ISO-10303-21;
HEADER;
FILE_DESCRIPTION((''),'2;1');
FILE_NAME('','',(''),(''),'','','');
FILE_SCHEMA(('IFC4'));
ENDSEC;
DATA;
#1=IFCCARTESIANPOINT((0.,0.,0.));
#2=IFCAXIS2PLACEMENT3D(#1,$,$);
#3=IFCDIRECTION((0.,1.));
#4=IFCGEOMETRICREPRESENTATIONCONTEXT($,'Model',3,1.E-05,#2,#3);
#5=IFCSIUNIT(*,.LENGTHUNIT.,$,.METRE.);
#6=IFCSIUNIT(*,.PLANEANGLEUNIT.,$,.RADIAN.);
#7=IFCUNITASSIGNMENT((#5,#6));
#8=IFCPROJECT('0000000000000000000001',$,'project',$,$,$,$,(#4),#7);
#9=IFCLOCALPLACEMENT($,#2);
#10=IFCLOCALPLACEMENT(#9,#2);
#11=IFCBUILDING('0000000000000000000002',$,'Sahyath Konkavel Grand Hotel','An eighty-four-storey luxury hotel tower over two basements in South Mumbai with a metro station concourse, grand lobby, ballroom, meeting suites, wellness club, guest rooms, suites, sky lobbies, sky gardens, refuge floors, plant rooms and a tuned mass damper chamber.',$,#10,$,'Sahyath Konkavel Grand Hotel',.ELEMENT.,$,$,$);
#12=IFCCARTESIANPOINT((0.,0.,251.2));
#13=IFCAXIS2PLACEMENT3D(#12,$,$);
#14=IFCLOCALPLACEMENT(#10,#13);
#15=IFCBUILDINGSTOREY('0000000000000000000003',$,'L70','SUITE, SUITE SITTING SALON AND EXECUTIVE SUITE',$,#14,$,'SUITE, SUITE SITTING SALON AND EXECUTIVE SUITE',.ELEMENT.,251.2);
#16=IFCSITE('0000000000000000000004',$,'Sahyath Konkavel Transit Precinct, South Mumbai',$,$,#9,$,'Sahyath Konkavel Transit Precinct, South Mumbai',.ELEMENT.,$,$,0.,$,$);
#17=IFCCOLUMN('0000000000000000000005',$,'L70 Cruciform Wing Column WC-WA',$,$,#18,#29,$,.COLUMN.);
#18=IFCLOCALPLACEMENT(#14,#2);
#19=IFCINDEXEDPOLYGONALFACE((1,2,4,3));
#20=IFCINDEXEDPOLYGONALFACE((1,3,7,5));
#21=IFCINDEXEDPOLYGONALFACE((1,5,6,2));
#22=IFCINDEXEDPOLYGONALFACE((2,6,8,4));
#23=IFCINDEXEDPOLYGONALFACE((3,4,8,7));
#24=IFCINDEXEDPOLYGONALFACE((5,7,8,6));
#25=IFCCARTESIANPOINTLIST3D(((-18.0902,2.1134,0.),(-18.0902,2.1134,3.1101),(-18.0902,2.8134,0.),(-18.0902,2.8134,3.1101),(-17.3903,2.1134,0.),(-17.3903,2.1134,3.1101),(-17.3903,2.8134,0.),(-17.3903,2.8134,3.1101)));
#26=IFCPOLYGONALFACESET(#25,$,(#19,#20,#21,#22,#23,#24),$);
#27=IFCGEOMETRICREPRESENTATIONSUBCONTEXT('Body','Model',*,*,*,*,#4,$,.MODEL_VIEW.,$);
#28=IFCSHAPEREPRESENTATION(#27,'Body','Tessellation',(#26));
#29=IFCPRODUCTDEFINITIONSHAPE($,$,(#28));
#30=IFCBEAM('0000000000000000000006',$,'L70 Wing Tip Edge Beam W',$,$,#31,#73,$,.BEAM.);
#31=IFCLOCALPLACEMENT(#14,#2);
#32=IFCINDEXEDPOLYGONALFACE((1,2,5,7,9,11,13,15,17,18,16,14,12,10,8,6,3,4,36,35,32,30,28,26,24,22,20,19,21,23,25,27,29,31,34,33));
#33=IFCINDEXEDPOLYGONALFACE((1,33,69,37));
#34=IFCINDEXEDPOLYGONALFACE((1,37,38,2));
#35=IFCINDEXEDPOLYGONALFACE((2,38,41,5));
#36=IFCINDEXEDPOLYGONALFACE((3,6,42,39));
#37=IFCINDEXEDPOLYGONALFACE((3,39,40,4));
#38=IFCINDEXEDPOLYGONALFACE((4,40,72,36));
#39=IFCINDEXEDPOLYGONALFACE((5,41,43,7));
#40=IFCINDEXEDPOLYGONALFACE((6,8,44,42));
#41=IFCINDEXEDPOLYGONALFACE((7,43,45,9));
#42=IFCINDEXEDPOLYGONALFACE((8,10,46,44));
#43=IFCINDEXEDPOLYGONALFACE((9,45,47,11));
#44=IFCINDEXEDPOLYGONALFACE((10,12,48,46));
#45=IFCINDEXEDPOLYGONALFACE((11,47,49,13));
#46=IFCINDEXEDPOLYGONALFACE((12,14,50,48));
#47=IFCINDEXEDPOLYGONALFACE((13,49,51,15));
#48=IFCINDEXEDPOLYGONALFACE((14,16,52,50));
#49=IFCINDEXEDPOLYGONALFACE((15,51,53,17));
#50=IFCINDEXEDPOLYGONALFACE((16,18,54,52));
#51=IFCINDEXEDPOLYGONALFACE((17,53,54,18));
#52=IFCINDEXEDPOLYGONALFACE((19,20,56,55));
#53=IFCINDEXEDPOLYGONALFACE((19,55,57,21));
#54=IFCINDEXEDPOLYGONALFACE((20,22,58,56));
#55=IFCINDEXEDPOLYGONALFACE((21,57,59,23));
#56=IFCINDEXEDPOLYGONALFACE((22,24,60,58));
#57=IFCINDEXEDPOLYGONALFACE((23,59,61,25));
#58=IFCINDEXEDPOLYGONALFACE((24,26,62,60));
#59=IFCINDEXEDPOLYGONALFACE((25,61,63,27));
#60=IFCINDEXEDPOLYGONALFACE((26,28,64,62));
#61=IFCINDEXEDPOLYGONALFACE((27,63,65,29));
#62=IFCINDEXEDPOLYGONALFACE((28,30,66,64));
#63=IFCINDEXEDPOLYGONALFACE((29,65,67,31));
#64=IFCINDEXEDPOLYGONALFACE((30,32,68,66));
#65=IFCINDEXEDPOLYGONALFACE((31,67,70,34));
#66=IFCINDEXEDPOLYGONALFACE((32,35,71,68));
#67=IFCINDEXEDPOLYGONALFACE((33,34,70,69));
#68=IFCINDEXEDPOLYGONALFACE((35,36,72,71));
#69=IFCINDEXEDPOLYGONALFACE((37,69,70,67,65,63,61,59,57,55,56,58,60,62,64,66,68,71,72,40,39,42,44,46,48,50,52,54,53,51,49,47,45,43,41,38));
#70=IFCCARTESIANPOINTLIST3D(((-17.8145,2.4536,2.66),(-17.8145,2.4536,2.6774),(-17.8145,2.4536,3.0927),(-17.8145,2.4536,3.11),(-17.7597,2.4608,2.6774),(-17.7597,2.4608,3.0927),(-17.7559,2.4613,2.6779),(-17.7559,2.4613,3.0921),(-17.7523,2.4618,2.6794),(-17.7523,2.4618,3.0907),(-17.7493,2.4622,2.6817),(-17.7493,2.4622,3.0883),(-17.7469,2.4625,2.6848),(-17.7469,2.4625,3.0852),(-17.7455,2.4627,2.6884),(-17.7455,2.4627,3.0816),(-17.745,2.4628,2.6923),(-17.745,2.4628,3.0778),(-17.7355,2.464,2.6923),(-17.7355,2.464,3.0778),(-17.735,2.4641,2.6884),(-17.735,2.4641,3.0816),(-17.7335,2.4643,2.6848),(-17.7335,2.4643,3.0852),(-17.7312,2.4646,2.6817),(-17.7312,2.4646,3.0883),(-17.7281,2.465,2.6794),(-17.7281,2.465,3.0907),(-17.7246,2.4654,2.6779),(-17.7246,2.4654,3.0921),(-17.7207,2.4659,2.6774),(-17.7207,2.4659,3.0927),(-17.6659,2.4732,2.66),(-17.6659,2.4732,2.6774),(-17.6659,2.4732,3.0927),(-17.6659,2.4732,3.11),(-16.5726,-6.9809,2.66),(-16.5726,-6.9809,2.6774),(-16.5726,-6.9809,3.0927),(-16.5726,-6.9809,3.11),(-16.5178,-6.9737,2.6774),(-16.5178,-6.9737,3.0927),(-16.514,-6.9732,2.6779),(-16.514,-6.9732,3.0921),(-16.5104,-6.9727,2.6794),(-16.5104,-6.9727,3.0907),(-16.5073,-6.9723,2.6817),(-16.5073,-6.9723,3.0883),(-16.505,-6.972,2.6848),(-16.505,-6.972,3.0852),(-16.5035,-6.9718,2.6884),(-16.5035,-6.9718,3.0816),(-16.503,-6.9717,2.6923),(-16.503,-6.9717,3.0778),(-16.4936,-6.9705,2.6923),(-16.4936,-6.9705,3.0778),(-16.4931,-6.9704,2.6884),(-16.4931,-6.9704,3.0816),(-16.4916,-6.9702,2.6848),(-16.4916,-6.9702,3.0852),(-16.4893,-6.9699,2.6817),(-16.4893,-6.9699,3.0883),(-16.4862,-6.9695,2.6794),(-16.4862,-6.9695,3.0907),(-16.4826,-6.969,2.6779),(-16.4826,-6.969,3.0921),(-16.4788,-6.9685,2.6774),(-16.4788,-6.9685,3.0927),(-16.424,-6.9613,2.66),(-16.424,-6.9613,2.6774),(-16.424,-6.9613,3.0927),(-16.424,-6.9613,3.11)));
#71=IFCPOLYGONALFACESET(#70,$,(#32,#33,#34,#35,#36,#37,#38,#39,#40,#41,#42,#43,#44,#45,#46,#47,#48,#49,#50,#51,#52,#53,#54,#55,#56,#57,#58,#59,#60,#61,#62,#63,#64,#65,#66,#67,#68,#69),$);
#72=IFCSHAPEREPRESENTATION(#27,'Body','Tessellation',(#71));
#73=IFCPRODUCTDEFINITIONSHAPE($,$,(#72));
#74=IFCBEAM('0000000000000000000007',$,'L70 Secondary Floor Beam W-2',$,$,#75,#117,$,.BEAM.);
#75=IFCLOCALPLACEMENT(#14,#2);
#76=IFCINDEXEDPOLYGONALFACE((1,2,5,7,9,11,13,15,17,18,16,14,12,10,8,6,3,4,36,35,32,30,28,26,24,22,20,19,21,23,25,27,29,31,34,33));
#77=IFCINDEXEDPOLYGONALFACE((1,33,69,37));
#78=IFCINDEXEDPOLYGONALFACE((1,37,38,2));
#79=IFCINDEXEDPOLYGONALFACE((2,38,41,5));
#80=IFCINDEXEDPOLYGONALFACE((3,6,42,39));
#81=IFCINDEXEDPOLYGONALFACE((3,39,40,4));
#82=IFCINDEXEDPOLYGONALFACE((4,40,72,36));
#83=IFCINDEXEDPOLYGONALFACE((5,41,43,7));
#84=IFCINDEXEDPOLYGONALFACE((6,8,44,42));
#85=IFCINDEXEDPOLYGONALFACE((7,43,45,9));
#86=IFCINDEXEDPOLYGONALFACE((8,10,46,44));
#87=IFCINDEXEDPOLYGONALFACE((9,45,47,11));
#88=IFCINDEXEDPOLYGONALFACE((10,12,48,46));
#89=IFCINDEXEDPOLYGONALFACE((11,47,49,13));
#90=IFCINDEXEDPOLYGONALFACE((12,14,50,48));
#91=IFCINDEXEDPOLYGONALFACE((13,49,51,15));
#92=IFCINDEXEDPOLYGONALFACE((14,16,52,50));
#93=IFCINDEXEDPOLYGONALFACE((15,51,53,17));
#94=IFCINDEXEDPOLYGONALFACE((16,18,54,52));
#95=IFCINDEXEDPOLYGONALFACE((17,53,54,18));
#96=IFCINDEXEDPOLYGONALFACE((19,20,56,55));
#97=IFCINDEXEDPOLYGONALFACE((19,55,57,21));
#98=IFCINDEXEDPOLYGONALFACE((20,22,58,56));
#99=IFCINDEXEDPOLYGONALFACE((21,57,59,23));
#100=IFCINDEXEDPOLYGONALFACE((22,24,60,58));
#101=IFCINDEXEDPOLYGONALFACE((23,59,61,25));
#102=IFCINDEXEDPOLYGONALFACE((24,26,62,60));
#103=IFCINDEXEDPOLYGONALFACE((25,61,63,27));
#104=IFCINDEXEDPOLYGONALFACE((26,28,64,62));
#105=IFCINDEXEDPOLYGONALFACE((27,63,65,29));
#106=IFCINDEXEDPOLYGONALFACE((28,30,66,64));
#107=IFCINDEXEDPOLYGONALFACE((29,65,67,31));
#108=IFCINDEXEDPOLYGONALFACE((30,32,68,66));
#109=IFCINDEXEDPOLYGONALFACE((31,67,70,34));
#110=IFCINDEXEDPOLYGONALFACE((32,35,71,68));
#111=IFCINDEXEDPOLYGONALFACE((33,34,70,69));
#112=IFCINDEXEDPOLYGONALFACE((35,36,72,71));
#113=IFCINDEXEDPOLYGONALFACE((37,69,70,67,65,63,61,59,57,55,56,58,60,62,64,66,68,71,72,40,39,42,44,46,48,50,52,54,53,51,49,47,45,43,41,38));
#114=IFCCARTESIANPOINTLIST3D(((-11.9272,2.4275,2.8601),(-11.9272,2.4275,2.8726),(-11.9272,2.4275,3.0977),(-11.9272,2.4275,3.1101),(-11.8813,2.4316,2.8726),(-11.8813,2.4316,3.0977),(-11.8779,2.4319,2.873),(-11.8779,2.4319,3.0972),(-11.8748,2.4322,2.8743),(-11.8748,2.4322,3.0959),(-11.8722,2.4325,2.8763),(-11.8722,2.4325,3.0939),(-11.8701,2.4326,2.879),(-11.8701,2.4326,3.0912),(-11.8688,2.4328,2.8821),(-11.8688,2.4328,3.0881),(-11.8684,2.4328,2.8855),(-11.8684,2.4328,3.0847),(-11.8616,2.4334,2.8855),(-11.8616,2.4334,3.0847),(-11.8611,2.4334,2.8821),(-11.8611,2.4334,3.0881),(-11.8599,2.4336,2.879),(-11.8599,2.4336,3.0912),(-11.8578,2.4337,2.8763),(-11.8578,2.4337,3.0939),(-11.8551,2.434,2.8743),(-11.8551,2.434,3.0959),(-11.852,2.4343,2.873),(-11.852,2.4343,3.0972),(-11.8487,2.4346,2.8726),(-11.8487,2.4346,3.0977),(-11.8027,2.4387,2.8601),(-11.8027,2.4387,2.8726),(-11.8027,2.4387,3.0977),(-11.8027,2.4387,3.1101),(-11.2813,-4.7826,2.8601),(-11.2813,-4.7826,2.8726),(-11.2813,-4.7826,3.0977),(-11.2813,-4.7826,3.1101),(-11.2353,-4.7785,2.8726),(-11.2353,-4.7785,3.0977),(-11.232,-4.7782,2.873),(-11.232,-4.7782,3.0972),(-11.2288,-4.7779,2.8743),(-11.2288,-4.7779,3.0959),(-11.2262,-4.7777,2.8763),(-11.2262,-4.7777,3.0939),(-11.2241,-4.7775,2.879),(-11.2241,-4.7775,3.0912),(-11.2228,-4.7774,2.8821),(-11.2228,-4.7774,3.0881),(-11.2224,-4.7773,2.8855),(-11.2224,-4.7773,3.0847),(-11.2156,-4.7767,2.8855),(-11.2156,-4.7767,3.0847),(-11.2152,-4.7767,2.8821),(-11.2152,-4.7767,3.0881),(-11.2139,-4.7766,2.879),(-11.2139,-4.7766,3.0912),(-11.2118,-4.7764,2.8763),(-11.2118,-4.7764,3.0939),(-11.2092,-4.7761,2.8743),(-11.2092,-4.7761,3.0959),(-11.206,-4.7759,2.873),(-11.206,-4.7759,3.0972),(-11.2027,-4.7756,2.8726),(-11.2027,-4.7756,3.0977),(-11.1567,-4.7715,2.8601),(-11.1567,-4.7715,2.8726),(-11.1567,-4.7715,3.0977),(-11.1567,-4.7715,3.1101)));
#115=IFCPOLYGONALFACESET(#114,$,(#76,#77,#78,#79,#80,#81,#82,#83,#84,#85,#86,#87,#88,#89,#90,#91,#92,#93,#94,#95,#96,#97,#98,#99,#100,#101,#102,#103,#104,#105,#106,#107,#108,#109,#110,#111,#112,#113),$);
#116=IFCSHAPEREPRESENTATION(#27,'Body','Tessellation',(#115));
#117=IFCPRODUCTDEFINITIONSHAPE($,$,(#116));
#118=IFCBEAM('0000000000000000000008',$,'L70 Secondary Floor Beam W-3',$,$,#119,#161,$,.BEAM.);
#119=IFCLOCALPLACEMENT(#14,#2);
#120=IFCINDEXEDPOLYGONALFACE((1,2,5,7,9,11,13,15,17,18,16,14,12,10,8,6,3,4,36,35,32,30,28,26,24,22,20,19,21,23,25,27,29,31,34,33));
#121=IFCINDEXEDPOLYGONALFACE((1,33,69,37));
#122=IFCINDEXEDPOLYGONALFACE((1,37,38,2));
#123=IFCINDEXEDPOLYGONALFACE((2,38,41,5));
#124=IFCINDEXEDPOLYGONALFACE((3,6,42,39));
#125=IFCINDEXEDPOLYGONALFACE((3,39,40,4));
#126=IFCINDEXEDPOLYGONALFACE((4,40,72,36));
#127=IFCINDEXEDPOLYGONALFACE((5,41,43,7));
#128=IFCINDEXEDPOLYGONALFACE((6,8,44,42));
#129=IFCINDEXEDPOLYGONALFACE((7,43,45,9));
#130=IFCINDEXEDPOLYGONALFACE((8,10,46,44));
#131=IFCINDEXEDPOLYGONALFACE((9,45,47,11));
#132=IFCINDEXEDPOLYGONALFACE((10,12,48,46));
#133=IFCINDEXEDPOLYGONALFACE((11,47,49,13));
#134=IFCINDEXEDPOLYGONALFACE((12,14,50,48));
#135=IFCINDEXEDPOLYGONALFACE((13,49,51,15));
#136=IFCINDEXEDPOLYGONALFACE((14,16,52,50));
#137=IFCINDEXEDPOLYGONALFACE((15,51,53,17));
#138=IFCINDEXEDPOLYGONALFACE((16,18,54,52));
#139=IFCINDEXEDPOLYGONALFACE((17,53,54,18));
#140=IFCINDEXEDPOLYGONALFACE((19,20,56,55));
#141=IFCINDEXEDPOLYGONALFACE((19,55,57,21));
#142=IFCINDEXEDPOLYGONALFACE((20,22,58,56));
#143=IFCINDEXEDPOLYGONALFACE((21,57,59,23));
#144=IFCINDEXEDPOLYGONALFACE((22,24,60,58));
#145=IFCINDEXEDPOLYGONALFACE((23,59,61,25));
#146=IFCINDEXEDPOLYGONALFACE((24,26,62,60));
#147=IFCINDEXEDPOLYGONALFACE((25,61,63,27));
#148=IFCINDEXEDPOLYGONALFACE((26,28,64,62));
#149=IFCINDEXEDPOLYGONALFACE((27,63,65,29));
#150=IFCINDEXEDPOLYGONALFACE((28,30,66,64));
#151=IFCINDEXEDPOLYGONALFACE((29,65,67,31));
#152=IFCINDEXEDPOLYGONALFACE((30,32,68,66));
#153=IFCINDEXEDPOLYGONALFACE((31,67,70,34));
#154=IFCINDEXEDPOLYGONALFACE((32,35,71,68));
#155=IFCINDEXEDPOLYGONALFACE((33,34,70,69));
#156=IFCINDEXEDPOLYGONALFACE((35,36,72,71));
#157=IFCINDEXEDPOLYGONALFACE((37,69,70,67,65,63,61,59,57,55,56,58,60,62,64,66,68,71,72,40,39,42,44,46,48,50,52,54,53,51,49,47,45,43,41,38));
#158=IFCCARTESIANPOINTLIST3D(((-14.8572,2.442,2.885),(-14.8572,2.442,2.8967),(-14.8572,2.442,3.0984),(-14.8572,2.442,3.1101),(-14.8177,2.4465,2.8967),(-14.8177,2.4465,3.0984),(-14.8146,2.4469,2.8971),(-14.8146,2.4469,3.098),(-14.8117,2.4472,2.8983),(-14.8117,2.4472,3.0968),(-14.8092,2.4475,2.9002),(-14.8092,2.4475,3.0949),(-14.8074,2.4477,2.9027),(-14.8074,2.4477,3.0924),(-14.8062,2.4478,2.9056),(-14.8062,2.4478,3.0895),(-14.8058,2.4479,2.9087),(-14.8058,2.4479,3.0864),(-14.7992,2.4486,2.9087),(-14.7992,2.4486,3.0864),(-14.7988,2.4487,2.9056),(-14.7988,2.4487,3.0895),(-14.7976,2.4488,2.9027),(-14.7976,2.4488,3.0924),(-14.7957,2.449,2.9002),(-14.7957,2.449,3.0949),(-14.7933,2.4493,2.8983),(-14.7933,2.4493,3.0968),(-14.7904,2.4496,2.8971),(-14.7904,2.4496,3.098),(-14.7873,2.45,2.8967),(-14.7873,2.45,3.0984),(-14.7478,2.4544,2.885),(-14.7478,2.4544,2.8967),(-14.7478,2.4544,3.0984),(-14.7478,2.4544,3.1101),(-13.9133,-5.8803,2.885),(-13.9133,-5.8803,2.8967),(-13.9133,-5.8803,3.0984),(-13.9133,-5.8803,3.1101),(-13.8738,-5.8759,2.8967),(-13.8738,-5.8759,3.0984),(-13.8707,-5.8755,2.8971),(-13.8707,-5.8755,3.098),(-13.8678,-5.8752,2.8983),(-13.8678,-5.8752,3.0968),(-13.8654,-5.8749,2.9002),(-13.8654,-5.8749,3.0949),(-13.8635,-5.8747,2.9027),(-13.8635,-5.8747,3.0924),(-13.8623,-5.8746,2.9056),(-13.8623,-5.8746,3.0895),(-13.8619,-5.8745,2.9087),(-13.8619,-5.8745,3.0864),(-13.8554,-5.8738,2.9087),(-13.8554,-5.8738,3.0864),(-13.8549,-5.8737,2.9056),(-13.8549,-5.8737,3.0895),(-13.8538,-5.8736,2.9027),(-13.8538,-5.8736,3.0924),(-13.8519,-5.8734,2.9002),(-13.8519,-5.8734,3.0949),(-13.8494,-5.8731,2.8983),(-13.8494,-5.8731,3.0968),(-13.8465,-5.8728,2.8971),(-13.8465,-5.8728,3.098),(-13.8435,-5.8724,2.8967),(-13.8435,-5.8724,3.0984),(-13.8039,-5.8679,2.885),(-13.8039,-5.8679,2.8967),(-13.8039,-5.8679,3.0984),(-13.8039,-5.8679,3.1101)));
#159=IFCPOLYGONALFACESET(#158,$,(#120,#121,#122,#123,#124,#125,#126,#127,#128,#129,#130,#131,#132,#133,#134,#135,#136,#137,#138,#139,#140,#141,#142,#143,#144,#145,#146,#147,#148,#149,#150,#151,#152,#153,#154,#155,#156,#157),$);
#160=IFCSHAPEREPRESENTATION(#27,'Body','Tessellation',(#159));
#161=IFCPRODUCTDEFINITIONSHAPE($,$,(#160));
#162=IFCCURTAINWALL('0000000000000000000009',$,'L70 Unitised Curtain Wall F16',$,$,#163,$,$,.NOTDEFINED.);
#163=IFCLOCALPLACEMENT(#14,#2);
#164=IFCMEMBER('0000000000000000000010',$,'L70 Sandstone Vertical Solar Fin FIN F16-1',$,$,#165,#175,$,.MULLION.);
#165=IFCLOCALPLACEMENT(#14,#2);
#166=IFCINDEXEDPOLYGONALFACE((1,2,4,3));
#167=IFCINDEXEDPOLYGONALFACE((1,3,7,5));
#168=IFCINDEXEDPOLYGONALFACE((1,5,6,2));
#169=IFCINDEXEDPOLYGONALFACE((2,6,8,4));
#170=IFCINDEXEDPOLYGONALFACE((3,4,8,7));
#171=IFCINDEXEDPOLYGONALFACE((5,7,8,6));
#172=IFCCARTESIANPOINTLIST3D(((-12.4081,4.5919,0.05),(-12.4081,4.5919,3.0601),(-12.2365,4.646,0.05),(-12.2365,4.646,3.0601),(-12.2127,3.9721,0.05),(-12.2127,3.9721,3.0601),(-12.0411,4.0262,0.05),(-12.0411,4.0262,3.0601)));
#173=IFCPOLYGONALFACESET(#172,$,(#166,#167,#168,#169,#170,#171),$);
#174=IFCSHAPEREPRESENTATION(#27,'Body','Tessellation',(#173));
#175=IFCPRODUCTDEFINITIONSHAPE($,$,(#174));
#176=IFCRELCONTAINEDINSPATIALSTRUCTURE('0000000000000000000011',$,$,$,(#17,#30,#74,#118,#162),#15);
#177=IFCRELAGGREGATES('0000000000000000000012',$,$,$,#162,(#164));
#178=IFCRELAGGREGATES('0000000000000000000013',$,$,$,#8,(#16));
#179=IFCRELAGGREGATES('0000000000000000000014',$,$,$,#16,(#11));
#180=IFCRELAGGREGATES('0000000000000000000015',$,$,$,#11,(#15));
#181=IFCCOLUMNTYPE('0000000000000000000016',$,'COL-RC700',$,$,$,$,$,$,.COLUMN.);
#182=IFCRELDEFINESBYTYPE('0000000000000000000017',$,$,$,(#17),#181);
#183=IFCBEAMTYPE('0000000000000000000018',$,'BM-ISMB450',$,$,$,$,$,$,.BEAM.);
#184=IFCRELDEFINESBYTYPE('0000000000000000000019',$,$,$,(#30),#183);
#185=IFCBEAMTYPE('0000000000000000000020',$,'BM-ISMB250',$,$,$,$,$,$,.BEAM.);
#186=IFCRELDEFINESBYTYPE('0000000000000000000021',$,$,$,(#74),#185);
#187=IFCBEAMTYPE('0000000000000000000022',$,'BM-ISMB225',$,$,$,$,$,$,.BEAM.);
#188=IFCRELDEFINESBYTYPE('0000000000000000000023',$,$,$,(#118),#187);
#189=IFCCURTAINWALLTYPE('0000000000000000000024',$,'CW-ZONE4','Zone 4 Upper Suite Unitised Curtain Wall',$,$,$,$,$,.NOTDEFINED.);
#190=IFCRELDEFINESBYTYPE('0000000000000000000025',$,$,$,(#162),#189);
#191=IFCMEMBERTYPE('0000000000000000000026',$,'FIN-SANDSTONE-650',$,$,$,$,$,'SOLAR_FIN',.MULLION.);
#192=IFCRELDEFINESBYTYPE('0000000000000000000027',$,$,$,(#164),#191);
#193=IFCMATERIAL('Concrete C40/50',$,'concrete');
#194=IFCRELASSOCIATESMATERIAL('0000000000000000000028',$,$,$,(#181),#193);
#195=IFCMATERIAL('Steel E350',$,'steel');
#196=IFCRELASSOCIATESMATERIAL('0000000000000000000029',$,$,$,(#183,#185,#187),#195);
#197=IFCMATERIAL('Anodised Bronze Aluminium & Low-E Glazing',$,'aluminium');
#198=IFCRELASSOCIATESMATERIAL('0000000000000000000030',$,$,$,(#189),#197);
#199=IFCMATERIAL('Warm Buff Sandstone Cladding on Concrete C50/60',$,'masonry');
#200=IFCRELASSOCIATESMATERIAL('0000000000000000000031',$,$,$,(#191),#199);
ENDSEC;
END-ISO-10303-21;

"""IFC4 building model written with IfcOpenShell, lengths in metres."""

from ifc_helpers import new_model, si_unit, direction, frame, origin, origin_2d, place, context, subcontext, project, spatial, rectangle, i_section, extrude, source, transform, mapped, material, material_profile, profile_set, type_object, element, aggregate, save


model = new_model("IFC4")

# Units and contexts
model_context = context("Model", 3, precision=1e-05, world=origin(), true_north=direction((0.0, 1.0)))
body_context = subcontext(model_context, "Body", "Model", "MODEL_VIEW")
ifc_project = project(units=[si_unit("LENGTHUNIT", "METRE"), si_unit("PLANEANGLEUNIT", "RADIAN")], contexts=[model_context])

# Site, building, storey
site_placement = place(None, origin())
site = spatial("IfcSite", under=ifc_project, at=site_placement, Name="Sahyath Konkavel Transit Precinct, South Mumbai", LongName="Sahyath Konkavel Transit Precinct, South Mumbai", CompositionType="ELEMENT", RefElevation=0.0)
building_placement = place(site_placement, origin())
building = spatial("IfcBuilding", under=site, at=building_placement, Name="Sahyath Konkavel Grand Hotel", Description="An eighty-four-storey luxury hotel tower over two basements in South Mumbai with a metro station concourse, grand lobby, ballroom, meeting suites, wellness club, guest rooms, suites, sky lobbies, sky gardens, refuge floors, plant rooms and a tuned mass damper chamber.", LongName="Sahyath Konkavel Grand Hotel", CompositionType="ELEMENT")
storey_placement = place(building_placement, frame((0.0, 0.0, 251.2)))
storey = spatial("IfcBuildingStorey", under=building, at=storey_placement, Name="L70", Description="SUITE, SUITE SITTING SALON AND EXECUTIVE SUITE", LongName="SUITE, SUITE SITTING SALON AND EXECUTIVE SUITE", CompositionType="ELEMENT", Elevation=251.2)

# Column
ifc_material_1 = material(Name="Concrete C40/50", Category="concrete")
ifc_material_profile_1 = material_profile(ifc_material_1, rectangle(XDim=0.7, YDim=0.7, at=origin_2d()), Name="RC 700x700")
ifc_profile_set_1 = profile_set([ifc_material_profile_1], Name="Concrete C40/50")
column_type = type_object("IfcColumnType", Name="COL-RC700", PredefinedType="COLUMN", material=ifc_profile_set_1)
shared_shape_1 = source(origin(), body_context, "Body", "SweptSolid", [
    extrude(rectangle(XDim=0.7, YDim=0.7, at=origin_2d()), origin(), (0.0, 0.0, 1.0), 3.1101),
])
column_placement = place(storey_placement, frame((-17.7402, 2.4634, 0.0), z_axis=(0.0, 0.0, 1.0), x_axis=(1.0, 0.0, 0.0)))
element("IfcColumn", 1, at=column_placement, inside=storey, type_object=column_type, Name="L70 Cruciform Wing Column WC-WA", PredefinedType="COLUMN", context=body_context, shape_type="MappedRepresentation", body=[
    mapped(shared_shape_1, transform((0.0, 0.0, 0.0), scale=1.0)),
])

# Beams
ifc_material_2 = material(Name="Steel E350", Category="steel")
ifc_material_profile_2 = material_profile(ifc_material_2, i_section(OverallWidth=0.1499, OverallDepth=0.45, WebThickness=0.0095, FlangeThickness=0.0173, FilletRadius=0.0149, at=origin_2d()), Name="ISMB 450")
ifc_profile_set_2 = profile_set([ifc_material_profile_2], Name="Steel E350")
beam_type_1 = type_object("IfcBeamType", Name="BM-ISMB450", PredefinedType="BEAM", material=ifc_profile_set_2)
shared_shape_2 = source(origin(), body_context, "Body", "SweptSolid", [
    extrude(i_section(OverallWidth=0.1499, OverallDepth=0.45, WebThickness=0.0095, FlangeThickness=0.0173, FilletRadius=0.0149, at=origin_2d()), origin(), (0.0, 0.0, 1.0), 9.5159),
])
beam_1_placement = place(storey_placement, frame((-17.7402, 2.4634, 2.885), z_axis=(0.130512, -0.991447, 0.0), x_axis=(0.991447, 0.130512, 0.0)))
element("IfcBeam", 2, at=beam_1_placement, inside=storey, type_object=beam_type_1, Name="L70 Wing Tip Edge Beam W", PredefinedType="BEAM", context=body_context, shape_type="MappedRepresentation", body=[
    mapped(shared_shape_2, transform((0.0, 0.0, 0.0), scale=1.0)),
])
ifc_material_profile_3 = material_profile(ifc_material_2, i_section(OverallWidth=0.125, OverallDepth=0.25, WebThickness=0.0068, FlangeThickness=0.0125, FilletRadius=0.0129, at=origin_2d()), Name="ISMB 250")
ifc_profile_set_3 = profile_set([ifc_material_profile_3], Name="Steel E350")
beam_type_2 = type_object("IfcBeamType", Name="BM-ISMB250", PredefinedType="BEAM", material=ifc_profile_set_3)
shared_shape_3 = source(origin(), body_context, "Body", "SweptSolid", [
    extrude(i_section(OverallWidth=0.125, OverallDepth=0.25, WebThickness=0.0068, FlangeThickness=0.0125, FilletRadius=0.0129, at=origin_2d()), origin(), (0.0, 0.0, 1.0), 7.239),
])
beam_2_placement = place(storey_placement, frame((-11.865, 2.4331, 2.9851), z_axis=(0.089237, -0.99601, 0.0), x_axis=(0.99601, 0.089237, 0.0)))
element("IfcBeam", 3, at=beam_2_placement, inside=storey, type_object=beam_type_2, Name="L70 Secondary Floor Beam W-2", PredefinedType="BEAM", context=body_context, shape_type="MappedRepresentation", body=[
    mapped(shared_shape_3, transform((0.0, 0.0, 0.0), scale=1.0)),
])
ifc_material_profile_4 = material_profile(ifc_material_2, i_section(OverallWidth=0.1101, OverallDepth=0.2251, WebThickness=0.0066, FlangeThickness=0.0117, FilletRadius=0.012, at=origin_2d()), Name="ISMB 225")
ifc_profile_set_4 = profile_set([ifc_material_profile_4], Name="Steel E350")
beam_type_3 = type_object("IfcBeamType", Name="BM-ISMB225", PredefinedType="BEAM", material=ifc_profile_set_4)
shared_shape_4 = source(origin(), body_context, "Body", "SweptSolid", [
    extrude(i_section(OverallWidth=0.1101, OverallDepth=0.2251, WebThickness=0.0066, FlangeThickness=0.0117, FilletRadius=0.012, at=origin_2d()), origin(), (0.0, 0.0, 1.0), 8.3757),
])
beam_3_placement = place(storey_placement, frame((-14.8025, 2.4482, 2.9976), z_axis=(0.11269, -0.99363, 0.0), x_axis=(0.99363, 0.11269, 0.0)))
element("IfcBeam", 4, at=beam_3_placement, inside=storey, type_object=beam_type_3, Name="L70 Secondary Floor Beam W-3", PredefinedType="BEAM", context=body_context, shape_type="MappedRepresentation", body=[
    mapped(shared_shape_4, transform((0.0, 0.0, 0.0), scale=1.0)),
])

# Curtain wall, member
ifc_material_3 = material(Name="Anodised Bronze Aluminium & Low-E Glazing", Category="aluminium")
curtain_wall_type = type_object("IfcCurtainWallType", Name="CW-ZONE4", Description="Zone 4 Upper Suite Unitised Curtain Wall", PredefinedType="NOTDEFINED", material=ifc_material_3)
curtain_wall_1_placement = place(storey_placement, origin())
curtain_wall_1 = element("IfcCurtainWall", 5, at=curtain_wall_1_placement, inside=storey, type_object=curtain_wall_type, Name="L70 Unitised Curtain Wall F16", PredefinedType="NOTDEFINED")
ifc_material_4 = material(Name="Warm Buff Sandstone Cladding on Concrete C50/60", Category="masonry")
ifc_material_profile_5 = material_profile(ifc_material_4, rectangle(XDim=0.1799, YDim=0.6499, at=origin_2d()), Name="FIN 180x650")
ifc_profile_set_5 = profile_set([ifc_material_profile_5], Name="Warm Buff Sandstone Cladding on Concrete C50/60")
member_type_1 = type_object("IfcMemberType", Name="FIN-SANDSTONE-650", ElementType="SOLAR_FIN", PredefinedType="MULLION", material=ifc_profile_set_5)
shared_shape_5 = source(origin(), body_context, "Body", "SweptSolid", [
    extrude(rectangle(XDim=0.1799, YDim=0.6499, at=origin_2d()), origin(), (0.0, 0.0, 1.0), 3.01),
])
member_1_placement = place(storey_placement, frame((-12.2246, 4.3091, 0.05), z_axis=(0.0, 0.0, 1.0), x_axis=(0.953717, 0.300706, 0.0)))
member_1 = element("IfcMember", 6, at=member_1_placement, type_object=member_type_1, Name="L70 Sandstone Vertical Solar Fin FIN F16-1", PredefinedType="MULLION", context=body_context, shape_type="MappedRepresentation", body=[
    mapped(shared_shape_5, transform((0.0, 0.0, 0.0), scale=1.0)),
])

aggregate(curtain_wall_1, [member_1])

save(model, "model.ifc")
